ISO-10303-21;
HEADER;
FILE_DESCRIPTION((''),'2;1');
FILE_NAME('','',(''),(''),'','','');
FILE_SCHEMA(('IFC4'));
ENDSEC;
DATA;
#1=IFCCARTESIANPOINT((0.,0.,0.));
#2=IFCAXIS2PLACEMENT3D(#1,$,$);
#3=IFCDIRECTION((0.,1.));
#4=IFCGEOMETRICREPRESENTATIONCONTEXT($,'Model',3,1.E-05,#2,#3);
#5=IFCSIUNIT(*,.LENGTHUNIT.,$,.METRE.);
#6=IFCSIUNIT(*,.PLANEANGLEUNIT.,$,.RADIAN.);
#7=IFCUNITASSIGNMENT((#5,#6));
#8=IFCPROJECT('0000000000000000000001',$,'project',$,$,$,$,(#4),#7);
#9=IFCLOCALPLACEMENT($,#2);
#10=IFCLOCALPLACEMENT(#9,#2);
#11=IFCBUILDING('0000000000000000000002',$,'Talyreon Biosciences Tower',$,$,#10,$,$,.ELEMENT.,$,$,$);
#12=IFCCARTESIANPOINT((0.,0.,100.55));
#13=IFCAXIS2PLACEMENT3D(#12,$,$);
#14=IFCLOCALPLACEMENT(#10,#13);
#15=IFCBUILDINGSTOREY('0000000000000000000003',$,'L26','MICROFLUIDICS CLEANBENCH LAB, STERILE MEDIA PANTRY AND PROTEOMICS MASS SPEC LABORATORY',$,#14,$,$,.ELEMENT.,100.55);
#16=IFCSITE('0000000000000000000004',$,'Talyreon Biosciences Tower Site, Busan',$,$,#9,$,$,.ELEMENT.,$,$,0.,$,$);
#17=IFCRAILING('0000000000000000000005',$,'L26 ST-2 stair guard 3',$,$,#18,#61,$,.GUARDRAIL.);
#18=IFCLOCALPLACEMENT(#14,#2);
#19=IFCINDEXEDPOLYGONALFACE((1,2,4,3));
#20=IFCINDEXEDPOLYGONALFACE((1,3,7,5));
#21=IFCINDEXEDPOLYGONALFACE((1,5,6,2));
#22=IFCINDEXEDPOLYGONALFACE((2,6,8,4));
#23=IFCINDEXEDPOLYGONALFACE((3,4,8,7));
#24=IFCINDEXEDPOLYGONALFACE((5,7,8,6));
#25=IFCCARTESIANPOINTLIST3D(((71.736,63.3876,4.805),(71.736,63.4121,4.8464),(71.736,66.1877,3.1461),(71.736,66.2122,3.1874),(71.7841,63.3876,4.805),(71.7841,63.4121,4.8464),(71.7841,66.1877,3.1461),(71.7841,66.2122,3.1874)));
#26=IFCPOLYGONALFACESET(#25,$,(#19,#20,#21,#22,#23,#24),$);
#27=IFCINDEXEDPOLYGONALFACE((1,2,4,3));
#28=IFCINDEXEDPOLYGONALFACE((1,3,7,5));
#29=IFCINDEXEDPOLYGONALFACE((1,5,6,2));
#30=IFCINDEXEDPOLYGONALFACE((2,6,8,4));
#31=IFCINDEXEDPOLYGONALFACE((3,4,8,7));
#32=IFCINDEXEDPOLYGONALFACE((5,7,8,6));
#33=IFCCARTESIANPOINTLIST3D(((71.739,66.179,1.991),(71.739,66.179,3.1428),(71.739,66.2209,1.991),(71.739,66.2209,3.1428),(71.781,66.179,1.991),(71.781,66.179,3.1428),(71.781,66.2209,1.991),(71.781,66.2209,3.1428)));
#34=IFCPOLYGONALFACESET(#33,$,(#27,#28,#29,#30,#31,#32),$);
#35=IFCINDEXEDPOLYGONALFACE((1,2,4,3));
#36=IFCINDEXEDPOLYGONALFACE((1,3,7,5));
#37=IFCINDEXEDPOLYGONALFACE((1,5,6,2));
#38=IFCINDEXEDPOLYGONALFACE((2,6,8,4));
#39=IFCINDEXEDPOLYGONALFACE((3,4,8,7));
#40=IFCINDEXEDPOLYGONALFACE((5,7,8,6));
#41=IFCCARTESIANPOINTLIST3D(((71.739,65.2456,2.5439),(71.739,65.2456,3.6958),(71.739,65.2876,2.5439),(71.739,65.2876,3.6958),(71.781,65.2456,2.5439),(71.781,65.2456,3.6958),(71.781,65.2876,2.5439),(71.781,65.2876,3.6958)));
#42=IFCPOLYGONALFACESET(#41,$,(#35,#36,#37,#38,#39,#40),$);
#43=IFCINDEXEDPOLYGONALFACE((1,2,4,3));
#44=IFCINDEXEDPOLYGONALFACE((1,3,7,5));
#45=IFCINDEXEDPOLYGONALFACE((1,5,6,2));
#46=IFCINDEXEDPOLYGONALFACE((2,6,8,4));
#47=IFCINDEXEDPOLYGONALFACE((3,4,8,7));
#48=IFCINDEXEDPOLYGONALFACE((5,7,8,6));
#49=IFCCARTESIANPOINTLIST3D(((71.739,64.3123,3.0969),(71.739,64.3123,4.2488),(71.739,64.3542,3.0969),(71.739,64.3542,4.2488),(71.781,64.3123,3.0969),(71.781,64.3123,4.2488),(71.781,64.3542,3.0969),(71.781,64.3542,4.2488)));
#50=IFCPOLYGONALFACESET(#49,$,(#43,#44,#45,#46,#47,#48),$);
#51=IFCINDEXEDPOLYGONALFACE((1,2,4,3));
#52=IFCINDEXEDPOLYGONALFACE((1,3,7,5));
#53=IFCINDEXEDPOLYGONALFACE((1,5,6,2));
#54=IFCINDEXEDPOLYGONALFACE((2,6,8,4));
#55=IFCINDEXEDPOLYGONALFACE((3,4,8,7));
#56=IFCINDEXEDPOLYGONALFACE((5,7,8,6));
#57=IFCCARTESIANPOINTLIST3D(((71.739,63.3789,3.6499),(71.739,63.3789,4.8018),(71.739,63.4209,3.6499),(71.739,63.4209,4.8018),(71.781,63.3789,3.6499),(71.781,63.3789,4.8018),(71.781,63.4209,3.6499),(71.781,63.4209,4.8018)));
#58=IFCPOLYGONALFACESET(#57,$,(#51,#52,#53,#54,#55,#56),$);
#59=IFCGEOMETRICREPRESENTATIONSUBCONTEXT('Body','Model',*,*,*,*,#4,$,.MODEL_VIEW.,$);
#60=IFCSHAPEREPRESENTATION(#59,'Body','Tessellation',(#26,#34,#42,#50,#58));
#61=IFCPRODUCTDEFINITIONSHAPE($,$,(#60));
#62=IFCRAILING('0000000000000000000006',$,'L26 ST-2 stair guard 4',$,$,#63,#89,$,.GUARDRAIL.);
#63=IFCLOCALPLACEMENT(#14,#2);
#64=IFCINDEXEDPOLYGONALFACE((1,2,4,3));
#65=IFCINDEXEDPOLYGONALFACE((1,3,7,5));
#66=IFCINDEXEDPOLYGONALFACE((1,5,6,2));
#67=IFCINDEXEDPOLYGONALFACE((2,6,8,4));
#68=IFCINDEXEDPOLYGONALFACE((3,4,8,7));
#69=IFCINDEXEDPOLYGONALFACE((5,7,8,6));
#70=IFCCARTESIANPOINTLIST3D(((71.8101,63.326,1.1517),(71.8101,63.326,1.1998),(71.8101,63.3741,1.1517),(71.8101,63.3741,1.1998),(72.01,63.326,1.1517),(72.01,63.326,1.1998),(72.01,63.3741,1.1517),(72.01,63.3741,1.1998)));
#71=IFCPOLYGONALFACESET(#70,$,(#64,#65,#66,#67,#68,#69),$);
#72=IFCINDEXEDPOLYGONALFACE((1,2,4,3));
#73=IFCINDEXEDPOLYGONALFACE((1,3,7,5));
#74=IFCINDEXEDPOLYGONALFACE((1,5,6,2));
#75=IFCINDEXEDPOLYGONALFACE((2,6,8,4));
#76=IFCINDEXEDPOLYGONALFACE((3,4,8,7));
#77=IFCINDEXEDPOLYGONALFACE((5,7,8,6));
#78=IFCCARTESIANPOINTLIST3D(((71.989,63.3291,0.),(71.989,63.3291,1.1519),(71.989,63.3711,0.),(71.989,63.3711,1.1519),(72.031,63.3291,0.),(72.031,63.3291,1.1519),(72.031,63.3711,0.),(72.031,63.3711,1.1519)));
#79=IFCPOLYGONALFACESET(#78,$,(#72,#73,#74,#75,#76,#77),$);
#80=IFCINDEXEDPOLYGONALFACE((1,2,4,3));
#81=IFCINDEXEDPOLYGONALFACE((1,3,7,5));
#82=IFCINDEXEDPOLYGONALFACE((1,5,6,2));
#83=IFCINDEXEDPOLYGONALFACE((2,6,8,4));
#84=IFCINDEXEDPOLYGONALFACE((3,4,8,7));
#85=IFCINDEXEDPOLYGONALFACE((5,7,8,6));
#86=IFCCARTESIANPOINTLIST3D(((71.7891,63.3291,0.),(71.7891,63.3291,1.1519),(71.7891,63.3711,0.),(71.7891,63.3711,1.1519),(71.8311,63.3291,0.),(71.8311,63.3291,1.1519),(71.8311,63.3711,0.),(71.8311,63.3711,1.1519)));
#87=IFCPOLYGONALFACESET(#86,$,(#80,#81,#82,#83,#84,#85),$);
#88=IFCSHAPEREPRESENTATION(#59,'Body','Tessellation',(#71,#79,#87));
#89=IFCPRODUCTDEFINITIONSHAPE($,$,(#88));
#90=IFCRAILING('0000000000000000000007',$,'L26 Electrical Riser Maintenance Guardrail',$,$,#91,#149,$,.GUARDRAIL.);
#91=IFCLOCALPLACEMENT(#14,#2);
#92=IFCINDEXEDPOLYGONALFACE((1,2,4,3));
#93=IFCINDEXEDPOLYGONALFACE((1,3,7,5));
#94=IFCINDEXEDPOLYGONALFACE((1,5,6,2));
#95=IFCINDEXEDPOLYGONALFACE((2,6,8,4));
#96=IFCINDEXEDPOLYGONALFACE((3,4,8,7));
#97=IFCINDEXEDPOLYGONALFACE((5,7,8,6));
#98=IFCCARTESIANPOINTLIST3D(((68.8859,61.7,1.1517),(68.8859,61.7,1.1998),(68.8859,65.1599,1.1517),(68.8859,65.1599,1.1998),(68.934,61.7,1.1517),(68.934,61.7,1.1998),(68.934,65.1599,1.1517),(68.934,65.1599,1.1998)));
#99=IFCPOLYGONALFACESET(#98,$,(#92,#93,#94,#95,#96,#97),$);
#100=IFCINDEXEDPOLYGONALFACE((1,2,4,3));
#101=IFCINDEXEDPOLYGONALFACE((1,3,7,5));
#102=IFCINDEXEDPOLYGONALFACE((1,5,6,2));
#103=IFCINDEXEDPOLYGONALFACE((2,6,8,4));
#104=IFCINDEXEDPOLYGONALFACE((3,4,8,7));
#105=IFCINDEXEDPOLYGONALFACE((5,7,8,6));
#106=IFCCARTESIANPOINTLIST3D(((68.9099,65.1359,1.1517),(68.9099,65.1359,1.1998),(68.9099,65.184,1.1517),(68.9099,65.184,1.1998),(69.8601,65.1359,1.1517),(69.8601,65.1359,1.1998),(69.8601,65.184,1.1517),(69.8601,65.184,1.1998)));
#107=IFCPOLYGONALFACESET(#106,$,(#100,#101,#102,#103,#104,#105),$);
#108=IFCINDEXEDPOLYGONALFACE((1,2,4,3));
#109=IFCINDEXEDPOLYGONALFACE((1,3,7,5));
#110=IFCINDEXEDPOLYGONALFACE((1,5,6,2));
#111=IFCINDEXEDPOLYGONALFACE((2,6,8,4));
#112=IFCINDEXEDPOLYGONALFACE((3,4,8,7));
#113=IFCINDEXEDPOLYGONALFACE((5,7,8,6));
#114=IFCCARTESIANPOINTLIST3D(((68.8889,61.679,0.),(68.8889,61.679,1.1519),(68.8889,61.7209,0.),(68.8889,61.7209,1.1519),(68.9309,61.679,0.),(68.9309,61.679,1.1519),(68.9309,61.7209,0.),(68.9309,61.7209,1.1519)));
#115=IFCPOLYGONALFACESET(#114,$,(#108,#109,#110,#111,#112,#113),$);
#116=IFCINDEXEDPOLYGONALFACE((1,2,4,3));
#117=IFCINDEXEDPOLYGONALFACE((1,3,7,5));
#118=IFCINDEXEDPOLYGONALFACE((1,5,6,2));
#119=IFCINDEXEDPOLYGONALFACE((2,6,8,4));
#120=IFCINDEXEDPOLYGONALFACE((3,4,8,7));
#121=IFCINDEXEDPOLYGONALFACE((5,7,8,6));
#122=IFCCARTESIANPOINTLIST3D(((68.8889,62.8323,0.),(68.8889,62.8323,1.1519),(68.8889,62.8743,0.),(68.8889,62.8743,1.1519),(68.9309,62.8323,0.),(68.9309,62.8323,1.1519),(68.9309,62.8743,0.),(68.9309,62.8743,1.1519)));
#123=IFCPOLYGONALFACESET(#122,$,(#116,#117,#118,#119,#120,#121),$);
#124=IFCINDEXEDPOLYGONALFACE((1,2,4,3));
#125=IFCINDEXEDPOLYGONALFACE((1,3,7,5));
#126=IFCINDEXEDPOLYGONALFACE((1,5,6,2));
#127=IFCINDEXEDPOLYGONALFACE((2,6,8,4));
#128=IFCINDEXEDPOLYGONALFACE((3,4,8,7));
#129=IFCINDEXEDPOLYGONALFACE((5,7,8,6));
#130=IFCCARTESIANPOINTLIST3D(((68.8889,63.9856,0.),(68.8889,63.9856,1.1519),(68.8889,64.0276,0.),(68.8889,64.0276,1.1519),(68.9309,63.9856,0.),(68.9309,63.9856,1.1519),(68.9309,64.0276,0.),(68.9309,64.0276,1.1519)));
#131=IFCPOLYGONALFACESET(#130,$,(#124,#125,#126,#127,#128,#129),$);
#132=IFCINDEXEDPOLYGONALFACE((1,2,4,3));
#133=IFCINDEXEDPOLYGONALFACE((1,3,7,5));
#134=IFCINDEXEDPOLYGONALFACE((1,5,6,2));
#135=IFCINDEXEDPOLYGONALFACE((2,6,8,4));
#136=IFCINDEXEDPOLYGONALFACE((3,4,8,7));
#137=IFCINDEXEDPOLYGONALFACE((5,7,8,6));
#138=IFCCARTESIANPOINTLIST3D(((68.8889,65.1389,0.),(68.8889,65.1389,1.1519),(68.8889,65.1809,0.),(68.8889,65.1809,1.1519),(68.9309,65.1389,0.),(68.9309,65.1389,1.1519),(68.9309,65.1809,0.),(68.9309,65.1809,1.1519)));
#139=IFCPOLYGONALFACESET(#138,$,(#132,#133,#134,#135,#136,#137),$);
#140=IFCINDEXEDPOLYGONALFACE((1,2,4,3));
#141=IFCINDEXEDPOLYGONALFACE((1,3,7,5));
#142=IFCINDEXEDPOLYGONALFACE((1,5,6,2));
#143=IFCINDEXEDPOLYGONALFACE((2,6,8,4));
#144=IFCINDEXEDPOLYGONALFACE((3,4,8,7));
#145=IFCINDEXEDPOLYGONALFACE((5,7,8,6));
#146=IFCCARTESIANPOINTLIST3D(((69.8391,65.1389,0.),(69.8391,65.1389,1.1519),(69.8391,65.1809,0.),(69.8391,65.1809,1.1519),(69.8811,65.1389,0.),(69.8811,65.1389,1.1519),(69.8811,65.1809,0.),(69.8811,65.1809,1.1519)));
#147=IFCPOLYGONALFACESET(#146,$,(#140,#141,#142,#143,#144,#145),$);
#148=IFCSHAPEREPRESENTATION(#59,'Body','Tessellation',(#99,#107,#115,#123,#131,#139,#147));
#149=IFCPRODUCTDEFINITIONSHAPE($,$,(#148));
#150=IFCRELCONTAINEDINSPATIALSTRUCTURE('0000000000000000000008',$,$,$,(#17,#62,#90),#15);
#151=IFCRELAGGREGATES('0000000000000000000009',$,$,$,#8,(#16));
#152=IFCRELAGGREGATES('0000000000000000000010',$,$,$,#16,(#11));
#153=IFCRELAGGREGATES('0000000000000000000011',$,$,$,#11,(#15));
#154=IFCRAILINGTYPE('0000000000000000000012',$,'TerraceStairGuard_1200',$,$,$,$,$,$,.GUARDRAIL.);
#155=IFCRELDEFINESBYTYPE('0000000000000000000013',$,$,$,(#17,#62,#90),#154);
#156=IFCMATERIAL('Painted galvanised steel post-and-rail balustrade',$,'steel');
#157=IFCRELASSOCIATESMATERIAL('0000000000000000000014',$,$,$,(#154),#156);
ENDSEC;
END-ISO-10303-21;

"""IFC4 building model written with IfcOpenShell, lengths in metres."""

from ifc_helpers import new_model, si_unit, direction, frame, origin, origin_2d, place, context, subcontext, project, spatial, rectangle, extrude, material, type_object, element, save


model = new_model("IFC4")

# Units and contexts
model_context = context("Model", 3, precision=1e-05, world=origin(), true_north=direction((0.0, 1.0)))
body_context = subcontext(model_context, "Body", "Model", "MODEL_VIEW")
ifc_project = project(units=[si_unit("LENGTHUNIT", "METRE"), si_unit("PLANEANGLEUNIT", "RADIAN")], contexts=[model_context])

# Site, building, storey
site_placement = place(None, origin())
site = spatial("IfcSite", under=ifc_project, at=site_placement, Name="Talyreon Biosciences Tower Site, Busan", CompositionType="ELEMENT", RefElevation=0.0)
building_placement = place(site_placement, origin())
building = spatial("IfcBuilding", under=site, at=building_placement, Name="Talyreon Biosciences Tower", CompositionType="ELEMENT")
storey_placement = place(building_placement, frame((0.0, 0.0, 100.55)))
storey = spatial("IfcBuildingStorey", under=building, at=storey_placement, Name="L26", Description="MICROFLUIDICS CLEANBENCH LAB, STERILE MEDIA PANTRY AND PROTEOMICS MASS SPEC LABORATORY", CompositionType="ELEMENT", Elevation=100.55)

# Railings
ifc_material_1 = material(Name="Painted galvanised steel post-and-rail balustrade", Category="steel")
railing_type_1 = type_object("IfcRailingType", Name="TerraceStairGuard_1200", PredefinedType="GUARDRAIL", material=ifc_material_1)
railing_1_placement = place(storey_placement, frame((71.76, 66.2, 1.991)))
element("IfcRailing", 1, at=railing_1_placement, inside=storey, type_object=railing_type_1, Name="L26 ST-2 stair guard 3", PredefinedType="GUARDRAIL", context=body_context, shape_type="SweptSolid", body=[
    extrude(rectangle(XDim=0.0481, YDim=0.0481, at=origin_2d()), frame((0.0, 0.0, 1.1758), z_axis=(0.0, -0.860339, 0.509722), x_axis=(1.0, 0.0, 0.0)), (0.0, 0.0, 1.0), 3.2546),
    extrude(rectangle(XDim=0.042, YDim=0.042, at=origin_2d()), origin(), (0.0, 0.0, 1.0), 1.1519),
    extrude(rectangle(XDim=0.042, YDim=0.042, at=origin_2d()), frame((0.0, -0.9333, 0.553)), (0.0, 0.0, 1.0), 1.1519),
    extrude(rectangle(XDim=0.042, YDim=0.042, at=origin_2d()), frame((0.0, -1.8667, 1.106)), (0.0, 0.0, 1.0), 1.1519),
    extrude(rectangle(XDim=0.042, YDim=0.042, at=origin_2d()), frame((0.0, -2.8, 1.6589)), (0.0, 0.0, 1.0), 1.1519),
])
railing_2_placement = place(storey_placement, frame((72.01, 63.3501, 0.0)))
element("IfcRailing", 2, at=railing_2_placement, inside=storey, type_object=railing_type_1, Name="L26 ST-2 stair guard 4", PredefinedType="GUARDRAIL", context=body_context, shape_type="SweptSolid", body=[
    extrude(rectangle(XDim=0.0481, YDim=0.0481, at=origin_2d()), frame((0.0, 0.0, 1.1758), z_axis=(-1.0, 0.0, 0.0), x_axis=(0.0, -1.0, 0.0)), (0.0, 0.0, 1.0), 0.2),
    extrude(rectangle(XDim=0.042, YDim=0.042, at=origin_2d()), origin(), (0.0, 0.0, 1.0), 1.1519),
    extrude(rectangle(XDim=0.042, YDim=0.042, at=origin_2d()), frame((-0.2, 0.0, 0.0)), (0.0, 0.0, 1.0), 1.1519),
])
railing_3_placement = place(storey_placement, frame((68.9099, 61.7, 0.0)))
element("IfcRailing", 3, at=railing_3_placement, inside=storey, type_object=railing_type_1, Name="L26 Electrical Riser Maintenance Guardrail", PredefinedType="GUARDRAIL", context=body_context, shape_type="SweptSolid", body=[
    extrude(rectangle(XDim=0.0481, YDim=0.0481, at=origin_2d()), frame((0.0, 0.0, 1.1758), z_axis=(0.0, 1.0, 0.0), x_axis=(-1.0, 0.0, 0.0)), (0.0, 0.0, 1.0), 3.46),
    extrude(rectangle(XDim=0.0481, YDim=0.0481, at=origin_2d()), frame((0.0, 3.46, 1.1758), z_axis=(1.0, 0.0, 0.0), x_axis=(0.0, 1.0, 0.0)), (0.0, 0.0, 1.0), 0.9502),
    extrude(rectangle(XDim=0.042, YDim=0.042, at=origin_2d()), origin(), (0.0, 0.0, 1.0), 1.1519),
    extrude(rectangle(XDim=0.042, YDim=0.042, at=origin_2d()), frame((0.0, 1.1533, 0.0)), (0.0, 0.0, 1.0), 1.1519),
    extrude(rectangle(XDim=0.042, YDim=0.042, at=origin_2d()), frame((0.0, 2.3066, 0.0)), (0.0, 0.0, 1.0), 1.1519),
    extrude(rectangle(XDim=0.042, YDim=0.042, at=origin_2d()), frame((0.0, 3.46, 0.0)), (0.0, 0.0, 1.0), 1.1519),
    extrude(rectangle(XDim=0.042, YDim=0.042, at=origin_2d()), frame((0.9502, 3.46, 0.0)), (0.0, 0.0, 1.0), 1.1519),
])

save(model, "model.ifc")
